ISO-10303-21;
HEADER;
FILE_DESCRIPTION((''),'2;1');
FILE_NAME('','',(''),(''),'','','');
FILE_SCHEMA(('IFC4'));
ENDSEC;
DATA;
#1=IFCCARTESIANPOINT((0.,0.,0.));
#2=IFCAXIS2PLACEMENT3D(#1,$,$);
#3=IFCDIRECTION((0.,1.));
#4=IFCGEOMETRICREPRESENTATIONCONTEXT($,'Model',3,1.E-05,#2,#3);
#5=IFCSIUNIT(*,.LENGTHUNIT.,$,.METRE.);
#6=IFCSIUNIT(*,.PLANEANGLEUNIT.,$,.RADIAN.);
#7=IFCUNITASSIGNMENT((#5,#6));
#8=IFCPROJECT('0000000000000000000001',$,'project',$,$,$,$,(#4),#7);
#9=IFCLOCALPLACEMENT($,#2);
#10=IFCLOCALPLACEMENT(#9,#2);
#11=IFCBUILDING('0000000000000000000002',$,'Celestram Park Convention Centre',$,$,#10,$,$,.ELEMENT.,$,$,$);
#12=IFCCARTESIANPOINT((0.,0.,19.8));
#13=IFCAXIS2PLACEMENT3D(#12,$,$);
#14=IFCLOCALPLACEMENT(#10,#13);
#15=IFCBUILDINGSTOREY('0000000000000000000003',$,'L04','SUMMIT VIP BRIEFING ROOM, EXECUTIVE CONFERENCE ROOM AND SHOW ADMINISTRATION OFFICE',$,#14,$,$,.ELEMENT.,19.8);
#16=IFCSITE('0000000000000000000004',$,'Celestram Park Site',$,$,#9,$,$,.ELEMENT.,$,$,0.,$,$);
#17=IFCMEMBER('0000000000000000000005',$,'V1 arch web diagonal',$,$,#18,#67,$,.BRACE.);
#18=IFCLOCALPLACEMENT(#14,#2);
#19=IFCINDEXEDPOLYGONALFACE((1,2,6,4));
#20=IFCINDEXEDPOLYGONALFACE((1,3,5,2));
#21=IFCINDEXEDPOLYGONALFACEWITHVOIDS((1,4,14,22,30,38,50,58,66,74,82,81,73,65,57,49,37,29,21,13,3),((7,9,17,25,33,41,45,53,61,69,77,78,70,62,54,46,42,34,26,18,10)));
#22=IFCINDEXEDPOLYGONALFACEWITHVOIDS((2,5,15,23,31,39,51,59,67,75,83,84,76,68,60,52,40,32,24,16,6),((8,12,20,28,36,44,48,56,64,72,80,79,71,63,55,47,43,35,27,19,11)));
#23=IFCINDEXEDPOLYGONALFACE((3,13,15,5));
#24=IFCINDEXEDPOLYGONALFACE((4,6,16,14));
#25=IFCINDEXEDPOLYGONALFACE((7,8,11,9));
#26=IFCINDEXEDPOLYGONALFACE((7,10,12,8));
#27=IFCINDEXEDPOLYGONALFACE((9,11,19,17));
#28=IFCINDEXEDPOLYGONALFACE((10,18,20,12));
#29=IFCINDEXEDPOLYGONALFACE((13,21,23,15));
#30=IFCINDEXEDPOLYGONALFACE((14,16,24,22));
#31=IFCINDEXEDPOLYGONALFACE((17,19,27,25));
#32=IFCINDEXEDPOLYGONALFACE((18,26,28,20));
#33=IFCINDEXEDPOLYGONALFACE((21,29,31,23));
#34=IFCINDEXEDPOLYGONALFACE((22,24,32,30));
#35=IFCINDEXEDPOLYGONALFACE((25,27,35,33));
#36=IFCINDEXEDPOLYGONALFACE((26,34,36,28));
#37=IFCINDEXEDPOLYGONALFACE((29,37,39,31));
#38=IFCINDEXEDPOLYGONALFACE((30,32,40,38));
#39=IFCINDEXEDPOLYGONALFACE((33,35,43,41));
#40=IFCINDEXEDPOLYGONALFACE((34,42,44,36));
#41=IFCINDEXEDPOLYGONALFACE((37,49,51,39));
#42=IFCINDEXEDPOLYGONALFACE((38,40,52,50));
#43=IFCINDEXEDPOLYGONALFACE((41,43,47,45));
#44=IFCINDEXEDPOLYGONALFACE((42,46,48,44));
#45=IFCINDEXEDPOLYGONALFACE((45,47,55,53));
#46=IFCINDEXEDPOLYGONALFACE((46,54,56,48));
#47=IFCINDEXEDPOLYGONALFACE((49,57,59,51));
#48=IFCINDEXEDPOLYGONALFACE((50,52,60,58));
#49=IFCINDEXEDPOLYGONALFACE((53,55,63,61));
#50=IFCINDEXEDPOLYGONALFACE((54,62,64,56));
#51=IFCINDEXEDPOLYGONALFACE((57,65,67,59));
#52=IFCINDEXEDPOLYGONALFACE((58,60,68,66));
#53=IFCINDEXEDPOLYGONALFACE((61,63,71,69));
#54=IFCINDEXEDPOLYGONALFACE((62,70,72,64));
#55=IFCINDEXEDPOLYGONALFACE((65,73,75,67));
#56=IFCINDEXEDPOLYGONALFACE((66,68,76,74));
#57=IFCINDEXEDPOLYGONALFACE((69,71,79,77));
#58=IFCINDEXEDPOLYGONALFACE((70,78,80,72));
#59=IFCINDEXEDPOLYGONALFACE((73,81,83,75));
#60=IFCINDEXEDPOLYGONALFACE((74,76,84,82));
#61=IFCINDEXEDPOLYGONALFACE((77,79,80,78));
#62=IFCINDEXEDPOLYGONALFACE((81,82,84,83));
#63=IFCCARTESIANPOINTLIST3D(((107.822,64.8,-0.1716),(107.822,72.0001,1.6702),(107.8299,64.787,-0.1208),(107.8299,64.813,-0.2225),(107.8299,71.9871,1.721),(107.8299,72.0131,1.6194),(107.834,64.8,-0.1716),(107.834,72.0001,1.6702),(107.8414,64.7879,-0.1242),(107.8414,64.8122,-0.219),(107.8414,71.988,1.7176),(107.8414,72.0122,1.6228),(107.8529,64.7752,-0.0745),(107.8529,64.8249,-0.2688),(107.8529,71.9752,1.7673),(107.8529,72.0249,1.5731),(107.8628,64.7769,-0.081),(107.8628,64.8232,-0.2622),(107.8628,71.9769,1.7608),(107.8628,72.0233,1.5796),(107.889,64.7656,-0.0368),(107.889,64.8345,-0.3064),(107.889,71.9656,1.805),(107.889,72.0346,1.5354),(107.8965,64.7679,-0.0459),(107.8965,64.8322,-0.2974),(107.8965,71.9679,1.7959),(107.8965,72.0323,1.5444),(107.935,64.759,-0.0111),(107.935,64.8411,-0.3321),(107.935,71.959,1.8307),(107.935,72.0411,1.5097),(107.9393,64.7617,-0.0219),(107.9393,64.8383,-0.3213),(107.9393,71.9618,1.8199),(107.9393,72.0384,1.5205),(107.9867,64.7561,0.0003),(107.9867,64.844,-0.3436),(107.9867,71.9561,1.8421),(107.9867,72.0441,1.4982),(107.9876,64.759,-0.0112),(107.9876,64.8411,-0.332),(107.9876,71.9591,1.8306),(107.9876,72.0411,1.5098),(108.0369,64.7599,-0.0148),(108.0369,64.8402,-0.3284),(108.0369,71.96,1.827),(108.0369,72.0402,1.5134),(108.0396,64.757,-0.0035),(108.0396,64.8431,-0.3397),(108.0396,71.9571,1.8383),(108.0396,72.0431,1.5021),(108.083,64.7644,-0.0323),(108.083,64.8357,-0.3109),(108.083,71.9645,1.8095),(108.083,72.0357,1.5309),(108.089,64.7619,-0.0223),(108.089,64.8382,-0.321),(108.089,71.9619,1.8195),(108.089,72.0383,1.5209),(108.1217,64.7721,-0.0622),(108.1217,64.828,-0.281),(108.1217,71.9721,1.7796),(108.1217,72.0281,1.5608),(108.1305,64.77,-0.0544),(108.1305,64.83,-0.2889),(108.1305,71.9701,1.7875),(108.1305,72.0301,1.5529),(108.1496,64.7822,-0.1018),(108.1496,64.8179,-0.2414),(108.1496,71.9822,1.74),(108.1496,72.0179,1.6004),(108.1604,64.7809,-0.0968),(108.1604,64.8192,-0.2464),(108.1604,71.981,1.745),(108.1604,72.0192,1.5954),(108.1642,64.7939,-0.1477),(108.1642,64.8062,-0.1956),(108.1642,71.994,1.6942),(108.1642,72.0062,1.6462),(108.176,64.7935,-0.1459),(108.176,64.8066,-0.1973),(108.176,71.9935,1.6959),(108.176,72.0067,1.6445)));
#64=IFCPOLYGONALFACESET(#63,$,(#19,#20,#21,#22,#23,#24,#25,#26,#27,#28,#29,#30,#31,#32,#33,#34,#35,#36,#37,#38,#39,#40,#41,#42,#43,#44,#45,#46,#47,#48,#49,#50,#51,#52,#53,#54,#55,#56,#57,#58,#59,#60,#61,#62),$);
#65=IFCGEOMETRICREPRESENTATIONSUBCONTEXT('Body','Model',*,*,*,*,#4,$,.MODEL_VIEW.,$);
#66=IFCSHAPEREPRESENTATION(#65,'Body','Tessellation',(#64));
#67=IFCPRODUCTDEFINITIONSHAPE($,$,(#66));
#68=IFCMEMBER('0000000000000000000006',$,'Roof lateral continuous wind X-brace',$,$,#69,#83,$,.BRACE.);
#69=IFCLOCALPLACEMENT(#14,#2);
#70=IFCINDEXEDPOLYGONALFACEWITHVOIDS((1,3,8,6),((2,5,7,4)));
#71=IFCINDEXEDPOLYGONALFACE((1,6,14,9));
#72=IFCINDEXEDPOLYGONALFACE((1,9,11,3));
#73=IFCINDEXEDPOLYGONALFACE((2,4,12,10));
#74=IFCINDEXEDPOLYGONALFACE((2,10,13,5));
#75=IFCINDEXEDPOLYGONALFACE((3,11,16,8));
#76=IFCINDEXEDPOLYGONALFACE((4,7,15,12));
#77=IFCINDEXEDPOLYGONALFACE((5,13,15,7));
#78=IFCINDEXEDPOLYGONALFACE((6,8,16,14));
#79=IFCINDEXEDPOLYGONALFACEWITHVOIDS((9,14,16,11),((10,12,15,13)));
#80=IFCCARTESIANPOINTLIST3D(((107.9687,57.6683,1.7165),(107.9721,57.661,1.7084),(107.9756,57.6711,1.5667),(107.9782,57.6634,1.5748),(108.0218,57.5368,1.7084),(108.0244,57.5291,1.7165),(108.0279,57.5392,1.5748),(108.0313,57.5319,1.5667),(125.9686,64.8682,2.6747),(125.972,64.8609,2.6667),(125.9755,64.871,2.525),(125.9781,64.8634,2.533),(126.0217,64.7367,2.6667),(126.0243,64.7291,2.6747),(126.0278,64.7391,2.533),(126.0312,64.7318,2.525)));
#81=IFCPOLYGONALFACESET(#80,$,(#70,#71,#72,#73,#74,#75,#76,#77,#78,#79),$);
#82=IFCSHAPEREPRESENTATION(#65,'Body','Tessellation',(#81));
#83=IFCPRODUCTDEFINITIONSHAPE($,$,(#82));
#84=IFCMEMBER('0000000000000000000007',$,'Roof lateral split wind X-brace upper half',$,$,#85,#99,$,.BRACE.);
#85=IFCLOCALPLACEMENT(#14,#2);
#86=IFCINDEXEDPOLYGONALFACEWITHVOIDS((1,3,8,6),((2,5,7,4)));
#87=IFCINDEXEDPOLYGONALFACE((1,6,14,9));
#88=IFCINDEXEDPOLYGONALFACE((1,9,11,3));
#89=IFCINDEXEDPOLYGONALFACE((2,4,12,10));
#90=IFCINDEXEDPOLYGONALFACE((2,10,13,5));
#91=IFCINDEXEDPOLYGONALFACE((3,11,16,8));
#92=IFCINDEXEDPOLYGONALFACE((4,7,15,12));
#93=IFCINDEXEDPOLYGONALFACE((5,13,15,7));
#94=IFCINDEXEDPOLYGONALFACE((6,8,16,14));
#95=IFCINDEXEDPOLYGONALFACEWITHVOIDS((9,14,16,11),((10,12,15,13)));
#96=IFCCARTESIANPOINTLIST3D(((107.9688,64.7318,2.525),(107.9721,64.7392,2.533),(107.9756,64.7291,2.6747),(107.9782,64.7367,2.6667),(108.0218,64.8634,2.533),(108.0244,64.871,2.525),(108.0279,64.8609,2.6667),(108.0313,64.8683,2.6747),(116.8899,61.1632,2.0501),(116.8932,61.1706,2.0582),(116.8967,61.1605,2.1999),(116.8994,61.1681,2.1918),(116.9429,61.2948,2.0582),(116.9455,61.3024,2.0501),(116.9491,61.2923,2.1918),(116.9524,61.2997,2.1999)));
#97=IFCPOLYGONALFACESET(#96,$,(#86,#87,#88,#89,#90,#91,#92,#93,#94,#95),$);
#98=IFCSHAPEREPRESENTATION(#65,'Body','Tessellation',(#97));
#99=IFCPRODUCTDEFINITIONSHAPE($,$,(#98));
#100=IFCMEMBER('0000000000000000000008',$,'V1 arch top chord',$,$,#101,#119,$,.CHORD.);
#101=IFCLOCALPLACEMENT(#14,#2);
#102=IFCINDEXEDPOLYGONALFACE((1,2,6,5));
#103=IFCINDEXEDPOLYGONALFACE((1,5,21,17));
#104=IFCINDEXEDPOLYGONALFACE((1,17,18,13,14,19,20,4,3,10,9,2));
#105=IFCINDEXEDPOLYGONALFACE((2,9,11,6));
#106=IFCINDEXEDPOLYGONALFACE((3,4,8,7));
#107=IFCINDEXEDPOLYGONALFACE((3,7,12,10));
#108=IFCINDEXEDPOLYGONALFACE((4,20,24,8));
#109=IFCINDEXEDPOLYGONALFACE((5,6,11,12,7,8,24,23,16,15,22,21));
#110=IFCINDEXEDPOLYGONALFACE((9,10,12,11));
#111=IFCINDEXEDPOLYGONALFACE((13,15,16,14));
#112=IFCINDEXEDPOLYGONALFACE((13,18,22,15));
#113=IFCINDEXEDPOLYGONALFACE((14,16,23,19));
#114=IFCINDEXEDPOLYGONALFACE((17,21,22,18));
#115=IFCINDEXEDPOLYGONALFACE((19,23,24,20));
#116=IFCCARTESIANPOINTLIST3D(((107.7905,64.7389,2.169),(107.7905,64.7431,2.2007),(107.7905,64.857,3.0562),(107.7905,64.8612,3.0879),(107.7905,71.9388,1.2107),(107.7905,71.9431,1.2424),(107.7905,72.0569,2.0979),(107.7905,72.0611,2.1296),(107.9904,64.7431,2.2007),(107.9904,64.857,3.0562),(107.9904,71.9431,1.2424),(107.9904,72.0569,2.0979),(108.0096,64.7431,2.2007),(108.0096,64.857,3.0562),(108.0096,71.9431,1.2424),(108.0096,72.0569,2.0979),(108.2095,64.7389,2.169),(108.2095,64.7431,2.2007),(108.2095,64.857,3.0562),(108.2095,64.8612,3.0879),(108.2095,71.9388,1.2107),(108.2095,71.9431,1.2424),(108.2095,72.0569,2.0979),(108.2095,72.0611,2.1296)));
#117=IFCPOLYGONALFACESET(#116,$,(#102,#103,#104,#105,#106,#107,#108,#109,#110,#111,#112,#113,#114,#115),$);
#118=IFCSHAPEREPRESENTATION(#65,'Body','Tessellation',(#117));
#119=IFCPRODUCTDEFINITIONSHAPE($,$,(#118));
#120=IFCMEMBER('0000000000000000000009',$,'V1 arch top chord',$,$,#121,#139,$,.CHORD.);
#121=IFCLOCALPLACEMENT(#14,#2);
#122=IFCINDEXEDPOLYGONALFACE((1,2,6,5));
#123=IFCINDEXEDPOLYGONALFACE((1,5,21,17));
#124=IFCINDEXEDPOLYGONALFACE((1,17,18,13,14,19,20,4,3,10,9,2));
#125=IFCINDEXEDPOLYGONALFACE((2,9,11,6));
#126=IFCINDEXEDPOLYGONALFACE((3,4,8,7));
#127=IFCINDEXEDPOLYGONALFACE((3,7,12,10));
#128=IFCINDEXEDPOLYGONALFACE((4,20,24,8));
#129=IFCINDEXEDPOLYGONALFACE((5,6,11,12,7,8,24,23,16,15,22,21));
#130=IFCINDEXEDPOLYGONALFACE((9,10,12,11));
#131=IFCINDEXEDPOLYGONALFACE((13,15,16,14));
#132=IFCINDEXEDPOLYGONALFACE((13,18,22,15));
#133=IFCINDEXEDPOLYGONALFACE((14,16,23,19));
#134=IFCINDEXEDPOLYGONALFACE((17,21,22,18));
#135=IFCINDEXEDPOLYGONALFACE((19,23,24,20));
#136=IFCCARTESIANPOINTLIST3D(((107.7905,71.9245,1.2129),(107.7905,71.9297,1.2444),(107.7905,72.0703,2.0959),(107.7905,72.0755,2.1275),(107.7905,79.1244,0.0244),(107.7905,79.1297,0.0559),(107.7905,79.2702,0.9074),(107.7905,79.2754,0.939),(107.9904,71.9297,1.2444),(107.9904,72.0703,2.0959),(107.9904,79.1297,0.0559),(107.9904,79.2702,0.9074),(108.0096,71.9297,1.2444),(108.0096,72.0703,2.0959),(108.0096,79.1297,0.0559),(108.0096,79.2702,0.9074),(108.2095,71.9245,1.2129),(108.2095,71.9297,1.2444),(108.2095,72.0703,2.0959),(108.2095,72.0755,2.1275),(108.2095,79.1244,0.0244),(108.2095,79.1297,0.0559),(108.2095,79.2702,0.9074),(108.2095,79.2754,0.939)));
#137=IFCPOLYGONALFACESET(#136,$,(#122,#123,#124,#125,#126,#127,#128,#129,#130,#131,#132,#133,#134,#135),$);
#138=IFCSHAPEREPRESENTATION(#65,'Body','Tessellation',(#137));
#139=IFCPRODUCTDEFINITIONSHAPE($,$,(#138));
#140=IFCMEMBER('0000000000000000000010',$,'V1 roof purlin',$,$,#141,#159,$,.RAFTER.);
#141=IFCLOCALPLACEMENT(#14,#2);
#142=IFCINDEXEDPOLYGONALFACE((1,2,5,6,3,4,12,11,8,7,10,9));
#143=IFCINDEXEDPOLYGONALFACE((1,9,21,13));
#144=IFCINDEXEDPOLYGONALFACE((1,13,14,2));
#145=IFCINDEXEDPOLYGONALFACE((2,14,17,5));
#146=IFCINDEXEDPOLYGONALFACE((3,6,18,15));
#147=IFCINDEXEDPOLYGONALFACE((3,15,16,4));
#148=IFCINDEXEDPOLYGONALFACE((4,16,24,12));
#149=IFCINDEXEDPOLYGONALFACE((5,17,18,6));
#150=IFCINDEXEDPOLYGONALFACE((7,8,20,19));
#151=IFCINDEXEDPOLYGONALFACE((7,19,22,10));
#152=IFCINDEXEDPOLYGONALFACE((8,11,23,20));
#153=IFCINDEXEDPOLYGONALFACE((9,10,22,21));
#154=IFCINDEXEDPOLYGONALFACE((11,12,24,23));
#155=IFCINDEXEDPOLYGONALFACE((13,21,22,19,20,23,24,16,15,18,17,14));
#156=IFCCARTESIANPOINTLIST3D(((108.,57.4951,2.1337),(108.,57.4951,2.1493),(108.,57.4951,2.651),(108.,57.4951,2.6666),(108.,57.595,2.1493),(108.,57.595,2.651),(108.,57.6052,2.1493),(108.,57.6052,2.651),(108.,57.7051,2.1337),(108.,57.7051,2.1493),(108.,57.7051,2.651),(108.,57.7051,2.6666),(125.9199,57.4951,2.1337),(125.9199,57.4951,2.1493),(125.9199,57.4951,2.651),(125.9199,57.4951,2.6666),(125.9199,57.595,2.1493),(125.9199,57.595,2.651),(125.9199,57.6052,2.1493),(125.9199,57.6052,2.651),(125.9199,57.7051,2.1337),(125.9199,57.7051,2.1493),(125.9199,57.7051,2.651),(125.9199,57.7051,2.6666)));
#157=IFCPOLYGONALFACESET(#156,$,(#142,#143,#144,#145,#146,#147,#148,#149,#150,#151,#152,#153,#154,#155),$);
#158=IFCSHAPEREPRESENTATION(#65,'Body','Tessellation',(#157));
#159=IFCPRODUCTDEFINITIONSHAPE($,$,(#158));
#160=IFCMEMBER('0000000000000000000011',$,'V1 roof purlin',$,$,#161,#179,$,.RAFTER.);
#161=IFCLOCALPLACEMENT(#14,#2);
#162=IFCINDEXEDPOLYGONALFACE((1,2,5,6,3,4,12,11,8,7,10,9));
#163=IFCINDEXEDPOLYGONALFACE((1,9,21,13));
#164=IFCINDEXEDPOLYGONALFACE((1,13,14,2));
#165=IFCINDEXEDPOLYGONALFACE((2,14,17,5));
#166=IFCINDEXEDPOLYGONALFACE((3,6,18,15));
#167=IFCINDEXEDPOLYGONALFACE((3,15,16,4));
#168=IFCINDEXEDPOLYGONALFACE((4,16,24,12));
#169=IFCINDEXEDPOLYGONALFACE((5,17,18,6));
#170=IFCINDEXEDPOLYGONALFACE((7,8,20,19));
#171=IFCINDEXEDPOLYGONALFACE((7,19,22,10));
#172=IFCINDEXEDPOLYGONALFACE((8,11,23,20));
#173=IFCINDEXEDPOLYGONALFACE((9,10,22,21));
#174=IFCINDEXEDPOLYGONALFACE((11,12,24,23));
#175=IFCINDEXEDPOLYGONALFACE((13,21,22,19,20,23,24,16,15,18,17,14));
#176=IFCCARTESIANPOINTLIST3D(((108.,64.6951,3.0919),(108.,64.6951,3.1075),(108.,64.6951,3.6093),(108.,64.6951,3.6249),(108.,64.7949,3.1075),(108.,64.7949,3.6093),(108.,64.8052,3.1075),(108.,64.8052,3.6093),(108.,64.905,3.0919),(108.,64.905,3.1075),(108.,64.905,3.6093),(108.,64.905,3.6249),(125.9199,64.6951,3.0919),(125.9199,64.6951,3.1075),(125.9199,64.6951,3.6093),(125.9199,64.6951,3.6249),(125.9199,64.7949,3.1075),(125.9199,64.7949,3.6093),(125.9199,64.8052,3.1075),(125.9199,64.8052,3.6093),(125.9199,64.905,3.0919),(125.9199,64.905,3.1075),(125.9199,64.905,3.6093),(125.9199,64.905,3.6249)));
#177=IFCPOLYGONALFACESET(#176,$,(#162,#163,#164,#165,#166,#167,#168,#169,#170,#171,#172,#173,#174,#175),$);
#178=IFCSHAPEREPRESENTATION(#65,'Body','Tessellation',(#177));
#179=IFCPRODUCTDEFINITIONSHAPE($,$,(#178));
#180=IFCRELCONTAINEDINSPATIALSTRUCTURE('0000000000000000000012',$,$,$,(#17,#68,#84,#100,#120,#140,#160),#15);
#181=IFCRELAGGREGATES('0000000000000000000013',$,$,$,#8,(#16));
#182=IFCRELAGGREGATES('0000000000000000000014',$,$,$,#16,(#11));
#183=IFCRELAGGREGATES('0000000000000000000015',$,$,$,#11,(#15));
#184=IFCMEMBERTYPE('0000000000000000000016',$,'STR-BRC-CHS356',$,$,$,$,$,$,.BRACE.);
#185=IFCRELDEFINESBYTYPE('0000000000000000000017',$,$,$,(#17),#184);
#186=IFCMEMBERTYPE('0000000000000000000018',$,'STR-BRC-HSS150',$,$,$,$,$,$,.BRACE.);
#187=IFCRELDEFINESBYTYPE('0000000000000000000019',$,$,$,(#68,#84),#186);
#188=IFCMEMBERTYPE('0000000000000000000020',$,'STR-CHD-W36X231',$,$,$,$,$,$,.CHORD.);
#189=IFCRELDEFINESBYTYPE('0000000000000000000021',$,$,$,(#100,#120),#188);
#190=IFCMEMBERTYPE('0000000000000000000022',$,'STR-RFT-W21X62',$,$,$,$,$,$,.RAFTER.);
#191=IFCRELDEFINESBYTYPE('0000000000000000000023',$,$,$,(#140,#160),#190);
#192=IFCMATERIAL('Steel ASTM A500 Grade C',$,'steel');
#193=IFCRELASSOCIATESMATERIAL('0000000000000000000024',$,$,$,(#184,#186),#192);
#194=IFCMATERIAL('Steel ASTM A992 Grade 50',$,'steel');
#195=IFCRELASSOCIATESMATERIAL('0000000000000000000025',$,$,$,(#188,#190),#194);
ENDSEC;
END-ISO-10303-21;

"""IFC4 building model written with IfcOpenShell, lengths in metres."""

from ifc_helpers import new_model, si_unit, direction, frame, origin, origin_2d, place, context, subcontext, project, spatial, hollow_rectangle, hollow_circle, i_section, extrude, material, material_profile, profile_set, type_object, element, save


model = new_model("IFC4")

# Units and contexts
model_context = context("Model", 3, precision=1e-05, world=origin(), true_north=direction((0.0, 1.0)))
body_context = subcontext(model_context, "Body", "Model", "MODEL_VIEW")
ifc_project = project(units=[si_unit("LENGTHUNIT", "METRE"), si_unit("PLANEANGLEUNIT", "RADIAN")], contexts=[model_context])

# Site, building, storey
site_placement = place(None, origin())
site = spatial("IfcSite", under=ifc_project, at=site_placement, Name="Celestram Park Site", CompositionType="ELEMENT", RefElevation=0.0)
building_placement = place(site_placement, origin())
building = spatial("IfcBuilding", under=site, at=building_placement, Name="Celestram Park Convention Centre", CompositionType="ELEMENT")
storey_placement = place(building_placement, frame((0.0, 0.0, 19.8)))
storey = spatial("IfcBuildingStorey", under=building, at=storey_placement, Name="L04", Description="SUMMIT VIP BRIEFING ROOM, EXECUTIVE CONFERENCE ROOM AND SHOW ADMINISTRATION OFFICE", CompositionType="ELEMENT", Elevation=19.8)

# Members
ifc_material_1 = material(Name="Steel ASTM A500 Grade C", Category="steel")
ifc_material_profile_1 = material_profile(ifc_material_1, hollow_circle(Radius=0.178, WallThickness=0.012, at=origin_2d()), Name="CHS356X12")
ifc_profile_set_1 = profile_set([ifc_material_profile_1], Name="Steel ASTM A500 Grade C")
member_type_1 = type_object("IfcMemberType", Name="STR-BRC-CHS356", PredefinedType="BRACE", material=ifc_profile_set_1)
member_1_placement = place(storey_placement, frame((108.0, 64.8, -0.1716), z_axis=(0.0, 0.968804, 0.247827), x_axis=(-1.0, 0.0, 0.0)))
element("IfcMember", 1, at=member_1_placement, inside=storey, type_object=member_type_1, Name="V1 arch web diagonal", PredefinedType="BRACE", context=body_context, shape_type="SweptSolid", body=[
    extrude(hollow_circle(Radius=0.178, WallThickness=0.012, at=origin_2d()), origin(), (0.0, 0.0, 1.0), 7.4319),
])
ifc_material_profile_2 = material_profile(ifc_material_1, hollow_rectangle(XDim=0.1499, YDim=0.1499, WallThickness=0.0081, at=origin_2d()), Name="HSS150X150X8")
ifc_profile_set_2 = profile_set([ifc_material_profile_2], Name="Steel ASTM A500 Grade C")
member_type_2 = type_object("IfcMemberType", Name="STR-BRC-HSS150", PredefinedType="BRACE", material=ifc_profile_set_2)
member_2_placement = place(storey_placement, frame((108.0, 57.6001, 1.6416), z_axis=(0.927345, 0.370936, 0.049368), x_axis=(-0.371389, 0.928478, 0.0)))
element("IfcMember", 2, at=member_2_placement, inside=storey, type_object=member_type_2, Name="Roof lateral continuous wind X-brace", PredefinedType="BRACE", context=body_context, shape_type="SweptSolid", body=[
    extrude(hollow_rectangle(XDim=0.1499, YDim=0.1499, WallThickness=0.0081, at=origin_2d()), origin(), (0.0, 0.0, 1.0), 19.4102),
])
member_3_placement = place(storey_placement, frame((116.9211, 61.2314, 2.125), z_axis=(-0.92734, 0.370951, 0.04936), x_axis=(-0.371404, -0.928471, 0.0)))
element("IfcMember", 3, at=member_3_placement, inside=storey, type_object=member_type_2, Name="Roof lateral split wind X-brace upper half", PredefinedType="BRACE", context=body_context, shape_type="SweptSolid", body=[
    extrude(hollow_rectangle(XDim=0.1499, YDim=0.1499, WallThickness=0.0081, at=origin_2d()), origin(), (0.0, 0.0, 1.0), 9.6201),
])
ifc_material_2 = material(Name="Steel ASTM A992 Grade 50", Category="steel")
ifc_material_profile_3 = material_profile(ifc_material_2, i_section(OverallWidth=0.4189, OverallDepth=0.927, WebThickness=0.0193, FlangeThickness=0.032, at=origin_2d()), Name="W36X231")
ifc_profile_set_3 = profile_set([ifc_material_profile_3], Name="Steel ASTM A992 Grade 50")
member_type_3 = type_object("IfcMemberType", Name="STR-CHD-W36X231", PredefinedType="CHORD", material=ifc_profile_set_3)
member_4_placement = place(storey_placement, frame((108.0, 64.8, 2.6284), z_axis=(0.0, 0.991259, -0.131928), x_axis=(-1.0, 0.0, 0.0)))
element("IfcMember", 4, at=member_4_placement, inside=storey, type_object=member_type_3, Name="V1 arch top chord", PredefinedType="CHORD", context=body_context, shape_type="SweptSolid", body=[
    extrude(i_section(OverallWidth=0.4189, OverallDepth=0.927, WebThickness=0.0193, FlangeThickness=0.032, at=origin_2d()), origin(), (0.0, 0.0, 1.0), 7.2634),
])
member_5_placement = place(storey_placement, frame((108.0, 72.0, 1.6702), z_axis=(0.0, 0.986649, -0.162863), x_axis=(-1.0, 0.0, 0.0)))
element("IfcMember", 5, at=member_5_placement, inside=storey, type_object=member_type_3, Name="V1 arch top chord", PredefinedType="CHORD", context=body_context, shape_type="SweptSolid", body=[
    extrude(i_section(OverallWidth=0.4189, OverallDepth=0.927, WebThickness=0.0193, FlangeThickness=0.032, at=origin_2d()), origin(), (0.0, 0.0, 1.0), 7.2974),
])
ifc_material_profile_4 = material_profile(ifc_material_2, i_section(OverallWidth=0.21, OverallDepth=0.533, WebThickness=0.0103, FlangeThickness=0.0156, at=origin_2d()), Name="W21X62")
ifc_profile_set_4 = profile_set([ifc_material_profile_4], Name="Steel ASTM A992 Grade 50")
member_type_4 = type_object("IfcMemberType", Name="STR-RFT-W21X62", PredefinedType="RAFTER", material=ifc_profile_set_4)
for number, where, z_axis, x_axis, name in (
    (6, (108.0, 57.6001, 2.4001), (1.0, 0.0, 0.0), (0.0, 1.0, 0.0), "V1 roof purlin"),
    (7, (108.0, 64.8, 3.3584), (1.0, 0.0, 0.0), (0.0, 1.0, 0.0), "V1 roof purlin"),
):
    element("IfcMember", number, at=place(storey_placement, frame(where, z_axis=z_axis, x_axis=x_axis)), inside=storey, type_object=member_type_4, Name=name, PredefinedType="RAFTER", context=body_context, shape_type="SweptSolid", body=[
        extrude(i_section(OverallWidth=0.21, OverallDepth=0.533, WebThickness=0.0103, FlangeThickness=0.0156, at=origin_2d()), origin(), (0.0, 0.0, 1.0), 17.9199),
    ])

save(model, "model.ifc")
